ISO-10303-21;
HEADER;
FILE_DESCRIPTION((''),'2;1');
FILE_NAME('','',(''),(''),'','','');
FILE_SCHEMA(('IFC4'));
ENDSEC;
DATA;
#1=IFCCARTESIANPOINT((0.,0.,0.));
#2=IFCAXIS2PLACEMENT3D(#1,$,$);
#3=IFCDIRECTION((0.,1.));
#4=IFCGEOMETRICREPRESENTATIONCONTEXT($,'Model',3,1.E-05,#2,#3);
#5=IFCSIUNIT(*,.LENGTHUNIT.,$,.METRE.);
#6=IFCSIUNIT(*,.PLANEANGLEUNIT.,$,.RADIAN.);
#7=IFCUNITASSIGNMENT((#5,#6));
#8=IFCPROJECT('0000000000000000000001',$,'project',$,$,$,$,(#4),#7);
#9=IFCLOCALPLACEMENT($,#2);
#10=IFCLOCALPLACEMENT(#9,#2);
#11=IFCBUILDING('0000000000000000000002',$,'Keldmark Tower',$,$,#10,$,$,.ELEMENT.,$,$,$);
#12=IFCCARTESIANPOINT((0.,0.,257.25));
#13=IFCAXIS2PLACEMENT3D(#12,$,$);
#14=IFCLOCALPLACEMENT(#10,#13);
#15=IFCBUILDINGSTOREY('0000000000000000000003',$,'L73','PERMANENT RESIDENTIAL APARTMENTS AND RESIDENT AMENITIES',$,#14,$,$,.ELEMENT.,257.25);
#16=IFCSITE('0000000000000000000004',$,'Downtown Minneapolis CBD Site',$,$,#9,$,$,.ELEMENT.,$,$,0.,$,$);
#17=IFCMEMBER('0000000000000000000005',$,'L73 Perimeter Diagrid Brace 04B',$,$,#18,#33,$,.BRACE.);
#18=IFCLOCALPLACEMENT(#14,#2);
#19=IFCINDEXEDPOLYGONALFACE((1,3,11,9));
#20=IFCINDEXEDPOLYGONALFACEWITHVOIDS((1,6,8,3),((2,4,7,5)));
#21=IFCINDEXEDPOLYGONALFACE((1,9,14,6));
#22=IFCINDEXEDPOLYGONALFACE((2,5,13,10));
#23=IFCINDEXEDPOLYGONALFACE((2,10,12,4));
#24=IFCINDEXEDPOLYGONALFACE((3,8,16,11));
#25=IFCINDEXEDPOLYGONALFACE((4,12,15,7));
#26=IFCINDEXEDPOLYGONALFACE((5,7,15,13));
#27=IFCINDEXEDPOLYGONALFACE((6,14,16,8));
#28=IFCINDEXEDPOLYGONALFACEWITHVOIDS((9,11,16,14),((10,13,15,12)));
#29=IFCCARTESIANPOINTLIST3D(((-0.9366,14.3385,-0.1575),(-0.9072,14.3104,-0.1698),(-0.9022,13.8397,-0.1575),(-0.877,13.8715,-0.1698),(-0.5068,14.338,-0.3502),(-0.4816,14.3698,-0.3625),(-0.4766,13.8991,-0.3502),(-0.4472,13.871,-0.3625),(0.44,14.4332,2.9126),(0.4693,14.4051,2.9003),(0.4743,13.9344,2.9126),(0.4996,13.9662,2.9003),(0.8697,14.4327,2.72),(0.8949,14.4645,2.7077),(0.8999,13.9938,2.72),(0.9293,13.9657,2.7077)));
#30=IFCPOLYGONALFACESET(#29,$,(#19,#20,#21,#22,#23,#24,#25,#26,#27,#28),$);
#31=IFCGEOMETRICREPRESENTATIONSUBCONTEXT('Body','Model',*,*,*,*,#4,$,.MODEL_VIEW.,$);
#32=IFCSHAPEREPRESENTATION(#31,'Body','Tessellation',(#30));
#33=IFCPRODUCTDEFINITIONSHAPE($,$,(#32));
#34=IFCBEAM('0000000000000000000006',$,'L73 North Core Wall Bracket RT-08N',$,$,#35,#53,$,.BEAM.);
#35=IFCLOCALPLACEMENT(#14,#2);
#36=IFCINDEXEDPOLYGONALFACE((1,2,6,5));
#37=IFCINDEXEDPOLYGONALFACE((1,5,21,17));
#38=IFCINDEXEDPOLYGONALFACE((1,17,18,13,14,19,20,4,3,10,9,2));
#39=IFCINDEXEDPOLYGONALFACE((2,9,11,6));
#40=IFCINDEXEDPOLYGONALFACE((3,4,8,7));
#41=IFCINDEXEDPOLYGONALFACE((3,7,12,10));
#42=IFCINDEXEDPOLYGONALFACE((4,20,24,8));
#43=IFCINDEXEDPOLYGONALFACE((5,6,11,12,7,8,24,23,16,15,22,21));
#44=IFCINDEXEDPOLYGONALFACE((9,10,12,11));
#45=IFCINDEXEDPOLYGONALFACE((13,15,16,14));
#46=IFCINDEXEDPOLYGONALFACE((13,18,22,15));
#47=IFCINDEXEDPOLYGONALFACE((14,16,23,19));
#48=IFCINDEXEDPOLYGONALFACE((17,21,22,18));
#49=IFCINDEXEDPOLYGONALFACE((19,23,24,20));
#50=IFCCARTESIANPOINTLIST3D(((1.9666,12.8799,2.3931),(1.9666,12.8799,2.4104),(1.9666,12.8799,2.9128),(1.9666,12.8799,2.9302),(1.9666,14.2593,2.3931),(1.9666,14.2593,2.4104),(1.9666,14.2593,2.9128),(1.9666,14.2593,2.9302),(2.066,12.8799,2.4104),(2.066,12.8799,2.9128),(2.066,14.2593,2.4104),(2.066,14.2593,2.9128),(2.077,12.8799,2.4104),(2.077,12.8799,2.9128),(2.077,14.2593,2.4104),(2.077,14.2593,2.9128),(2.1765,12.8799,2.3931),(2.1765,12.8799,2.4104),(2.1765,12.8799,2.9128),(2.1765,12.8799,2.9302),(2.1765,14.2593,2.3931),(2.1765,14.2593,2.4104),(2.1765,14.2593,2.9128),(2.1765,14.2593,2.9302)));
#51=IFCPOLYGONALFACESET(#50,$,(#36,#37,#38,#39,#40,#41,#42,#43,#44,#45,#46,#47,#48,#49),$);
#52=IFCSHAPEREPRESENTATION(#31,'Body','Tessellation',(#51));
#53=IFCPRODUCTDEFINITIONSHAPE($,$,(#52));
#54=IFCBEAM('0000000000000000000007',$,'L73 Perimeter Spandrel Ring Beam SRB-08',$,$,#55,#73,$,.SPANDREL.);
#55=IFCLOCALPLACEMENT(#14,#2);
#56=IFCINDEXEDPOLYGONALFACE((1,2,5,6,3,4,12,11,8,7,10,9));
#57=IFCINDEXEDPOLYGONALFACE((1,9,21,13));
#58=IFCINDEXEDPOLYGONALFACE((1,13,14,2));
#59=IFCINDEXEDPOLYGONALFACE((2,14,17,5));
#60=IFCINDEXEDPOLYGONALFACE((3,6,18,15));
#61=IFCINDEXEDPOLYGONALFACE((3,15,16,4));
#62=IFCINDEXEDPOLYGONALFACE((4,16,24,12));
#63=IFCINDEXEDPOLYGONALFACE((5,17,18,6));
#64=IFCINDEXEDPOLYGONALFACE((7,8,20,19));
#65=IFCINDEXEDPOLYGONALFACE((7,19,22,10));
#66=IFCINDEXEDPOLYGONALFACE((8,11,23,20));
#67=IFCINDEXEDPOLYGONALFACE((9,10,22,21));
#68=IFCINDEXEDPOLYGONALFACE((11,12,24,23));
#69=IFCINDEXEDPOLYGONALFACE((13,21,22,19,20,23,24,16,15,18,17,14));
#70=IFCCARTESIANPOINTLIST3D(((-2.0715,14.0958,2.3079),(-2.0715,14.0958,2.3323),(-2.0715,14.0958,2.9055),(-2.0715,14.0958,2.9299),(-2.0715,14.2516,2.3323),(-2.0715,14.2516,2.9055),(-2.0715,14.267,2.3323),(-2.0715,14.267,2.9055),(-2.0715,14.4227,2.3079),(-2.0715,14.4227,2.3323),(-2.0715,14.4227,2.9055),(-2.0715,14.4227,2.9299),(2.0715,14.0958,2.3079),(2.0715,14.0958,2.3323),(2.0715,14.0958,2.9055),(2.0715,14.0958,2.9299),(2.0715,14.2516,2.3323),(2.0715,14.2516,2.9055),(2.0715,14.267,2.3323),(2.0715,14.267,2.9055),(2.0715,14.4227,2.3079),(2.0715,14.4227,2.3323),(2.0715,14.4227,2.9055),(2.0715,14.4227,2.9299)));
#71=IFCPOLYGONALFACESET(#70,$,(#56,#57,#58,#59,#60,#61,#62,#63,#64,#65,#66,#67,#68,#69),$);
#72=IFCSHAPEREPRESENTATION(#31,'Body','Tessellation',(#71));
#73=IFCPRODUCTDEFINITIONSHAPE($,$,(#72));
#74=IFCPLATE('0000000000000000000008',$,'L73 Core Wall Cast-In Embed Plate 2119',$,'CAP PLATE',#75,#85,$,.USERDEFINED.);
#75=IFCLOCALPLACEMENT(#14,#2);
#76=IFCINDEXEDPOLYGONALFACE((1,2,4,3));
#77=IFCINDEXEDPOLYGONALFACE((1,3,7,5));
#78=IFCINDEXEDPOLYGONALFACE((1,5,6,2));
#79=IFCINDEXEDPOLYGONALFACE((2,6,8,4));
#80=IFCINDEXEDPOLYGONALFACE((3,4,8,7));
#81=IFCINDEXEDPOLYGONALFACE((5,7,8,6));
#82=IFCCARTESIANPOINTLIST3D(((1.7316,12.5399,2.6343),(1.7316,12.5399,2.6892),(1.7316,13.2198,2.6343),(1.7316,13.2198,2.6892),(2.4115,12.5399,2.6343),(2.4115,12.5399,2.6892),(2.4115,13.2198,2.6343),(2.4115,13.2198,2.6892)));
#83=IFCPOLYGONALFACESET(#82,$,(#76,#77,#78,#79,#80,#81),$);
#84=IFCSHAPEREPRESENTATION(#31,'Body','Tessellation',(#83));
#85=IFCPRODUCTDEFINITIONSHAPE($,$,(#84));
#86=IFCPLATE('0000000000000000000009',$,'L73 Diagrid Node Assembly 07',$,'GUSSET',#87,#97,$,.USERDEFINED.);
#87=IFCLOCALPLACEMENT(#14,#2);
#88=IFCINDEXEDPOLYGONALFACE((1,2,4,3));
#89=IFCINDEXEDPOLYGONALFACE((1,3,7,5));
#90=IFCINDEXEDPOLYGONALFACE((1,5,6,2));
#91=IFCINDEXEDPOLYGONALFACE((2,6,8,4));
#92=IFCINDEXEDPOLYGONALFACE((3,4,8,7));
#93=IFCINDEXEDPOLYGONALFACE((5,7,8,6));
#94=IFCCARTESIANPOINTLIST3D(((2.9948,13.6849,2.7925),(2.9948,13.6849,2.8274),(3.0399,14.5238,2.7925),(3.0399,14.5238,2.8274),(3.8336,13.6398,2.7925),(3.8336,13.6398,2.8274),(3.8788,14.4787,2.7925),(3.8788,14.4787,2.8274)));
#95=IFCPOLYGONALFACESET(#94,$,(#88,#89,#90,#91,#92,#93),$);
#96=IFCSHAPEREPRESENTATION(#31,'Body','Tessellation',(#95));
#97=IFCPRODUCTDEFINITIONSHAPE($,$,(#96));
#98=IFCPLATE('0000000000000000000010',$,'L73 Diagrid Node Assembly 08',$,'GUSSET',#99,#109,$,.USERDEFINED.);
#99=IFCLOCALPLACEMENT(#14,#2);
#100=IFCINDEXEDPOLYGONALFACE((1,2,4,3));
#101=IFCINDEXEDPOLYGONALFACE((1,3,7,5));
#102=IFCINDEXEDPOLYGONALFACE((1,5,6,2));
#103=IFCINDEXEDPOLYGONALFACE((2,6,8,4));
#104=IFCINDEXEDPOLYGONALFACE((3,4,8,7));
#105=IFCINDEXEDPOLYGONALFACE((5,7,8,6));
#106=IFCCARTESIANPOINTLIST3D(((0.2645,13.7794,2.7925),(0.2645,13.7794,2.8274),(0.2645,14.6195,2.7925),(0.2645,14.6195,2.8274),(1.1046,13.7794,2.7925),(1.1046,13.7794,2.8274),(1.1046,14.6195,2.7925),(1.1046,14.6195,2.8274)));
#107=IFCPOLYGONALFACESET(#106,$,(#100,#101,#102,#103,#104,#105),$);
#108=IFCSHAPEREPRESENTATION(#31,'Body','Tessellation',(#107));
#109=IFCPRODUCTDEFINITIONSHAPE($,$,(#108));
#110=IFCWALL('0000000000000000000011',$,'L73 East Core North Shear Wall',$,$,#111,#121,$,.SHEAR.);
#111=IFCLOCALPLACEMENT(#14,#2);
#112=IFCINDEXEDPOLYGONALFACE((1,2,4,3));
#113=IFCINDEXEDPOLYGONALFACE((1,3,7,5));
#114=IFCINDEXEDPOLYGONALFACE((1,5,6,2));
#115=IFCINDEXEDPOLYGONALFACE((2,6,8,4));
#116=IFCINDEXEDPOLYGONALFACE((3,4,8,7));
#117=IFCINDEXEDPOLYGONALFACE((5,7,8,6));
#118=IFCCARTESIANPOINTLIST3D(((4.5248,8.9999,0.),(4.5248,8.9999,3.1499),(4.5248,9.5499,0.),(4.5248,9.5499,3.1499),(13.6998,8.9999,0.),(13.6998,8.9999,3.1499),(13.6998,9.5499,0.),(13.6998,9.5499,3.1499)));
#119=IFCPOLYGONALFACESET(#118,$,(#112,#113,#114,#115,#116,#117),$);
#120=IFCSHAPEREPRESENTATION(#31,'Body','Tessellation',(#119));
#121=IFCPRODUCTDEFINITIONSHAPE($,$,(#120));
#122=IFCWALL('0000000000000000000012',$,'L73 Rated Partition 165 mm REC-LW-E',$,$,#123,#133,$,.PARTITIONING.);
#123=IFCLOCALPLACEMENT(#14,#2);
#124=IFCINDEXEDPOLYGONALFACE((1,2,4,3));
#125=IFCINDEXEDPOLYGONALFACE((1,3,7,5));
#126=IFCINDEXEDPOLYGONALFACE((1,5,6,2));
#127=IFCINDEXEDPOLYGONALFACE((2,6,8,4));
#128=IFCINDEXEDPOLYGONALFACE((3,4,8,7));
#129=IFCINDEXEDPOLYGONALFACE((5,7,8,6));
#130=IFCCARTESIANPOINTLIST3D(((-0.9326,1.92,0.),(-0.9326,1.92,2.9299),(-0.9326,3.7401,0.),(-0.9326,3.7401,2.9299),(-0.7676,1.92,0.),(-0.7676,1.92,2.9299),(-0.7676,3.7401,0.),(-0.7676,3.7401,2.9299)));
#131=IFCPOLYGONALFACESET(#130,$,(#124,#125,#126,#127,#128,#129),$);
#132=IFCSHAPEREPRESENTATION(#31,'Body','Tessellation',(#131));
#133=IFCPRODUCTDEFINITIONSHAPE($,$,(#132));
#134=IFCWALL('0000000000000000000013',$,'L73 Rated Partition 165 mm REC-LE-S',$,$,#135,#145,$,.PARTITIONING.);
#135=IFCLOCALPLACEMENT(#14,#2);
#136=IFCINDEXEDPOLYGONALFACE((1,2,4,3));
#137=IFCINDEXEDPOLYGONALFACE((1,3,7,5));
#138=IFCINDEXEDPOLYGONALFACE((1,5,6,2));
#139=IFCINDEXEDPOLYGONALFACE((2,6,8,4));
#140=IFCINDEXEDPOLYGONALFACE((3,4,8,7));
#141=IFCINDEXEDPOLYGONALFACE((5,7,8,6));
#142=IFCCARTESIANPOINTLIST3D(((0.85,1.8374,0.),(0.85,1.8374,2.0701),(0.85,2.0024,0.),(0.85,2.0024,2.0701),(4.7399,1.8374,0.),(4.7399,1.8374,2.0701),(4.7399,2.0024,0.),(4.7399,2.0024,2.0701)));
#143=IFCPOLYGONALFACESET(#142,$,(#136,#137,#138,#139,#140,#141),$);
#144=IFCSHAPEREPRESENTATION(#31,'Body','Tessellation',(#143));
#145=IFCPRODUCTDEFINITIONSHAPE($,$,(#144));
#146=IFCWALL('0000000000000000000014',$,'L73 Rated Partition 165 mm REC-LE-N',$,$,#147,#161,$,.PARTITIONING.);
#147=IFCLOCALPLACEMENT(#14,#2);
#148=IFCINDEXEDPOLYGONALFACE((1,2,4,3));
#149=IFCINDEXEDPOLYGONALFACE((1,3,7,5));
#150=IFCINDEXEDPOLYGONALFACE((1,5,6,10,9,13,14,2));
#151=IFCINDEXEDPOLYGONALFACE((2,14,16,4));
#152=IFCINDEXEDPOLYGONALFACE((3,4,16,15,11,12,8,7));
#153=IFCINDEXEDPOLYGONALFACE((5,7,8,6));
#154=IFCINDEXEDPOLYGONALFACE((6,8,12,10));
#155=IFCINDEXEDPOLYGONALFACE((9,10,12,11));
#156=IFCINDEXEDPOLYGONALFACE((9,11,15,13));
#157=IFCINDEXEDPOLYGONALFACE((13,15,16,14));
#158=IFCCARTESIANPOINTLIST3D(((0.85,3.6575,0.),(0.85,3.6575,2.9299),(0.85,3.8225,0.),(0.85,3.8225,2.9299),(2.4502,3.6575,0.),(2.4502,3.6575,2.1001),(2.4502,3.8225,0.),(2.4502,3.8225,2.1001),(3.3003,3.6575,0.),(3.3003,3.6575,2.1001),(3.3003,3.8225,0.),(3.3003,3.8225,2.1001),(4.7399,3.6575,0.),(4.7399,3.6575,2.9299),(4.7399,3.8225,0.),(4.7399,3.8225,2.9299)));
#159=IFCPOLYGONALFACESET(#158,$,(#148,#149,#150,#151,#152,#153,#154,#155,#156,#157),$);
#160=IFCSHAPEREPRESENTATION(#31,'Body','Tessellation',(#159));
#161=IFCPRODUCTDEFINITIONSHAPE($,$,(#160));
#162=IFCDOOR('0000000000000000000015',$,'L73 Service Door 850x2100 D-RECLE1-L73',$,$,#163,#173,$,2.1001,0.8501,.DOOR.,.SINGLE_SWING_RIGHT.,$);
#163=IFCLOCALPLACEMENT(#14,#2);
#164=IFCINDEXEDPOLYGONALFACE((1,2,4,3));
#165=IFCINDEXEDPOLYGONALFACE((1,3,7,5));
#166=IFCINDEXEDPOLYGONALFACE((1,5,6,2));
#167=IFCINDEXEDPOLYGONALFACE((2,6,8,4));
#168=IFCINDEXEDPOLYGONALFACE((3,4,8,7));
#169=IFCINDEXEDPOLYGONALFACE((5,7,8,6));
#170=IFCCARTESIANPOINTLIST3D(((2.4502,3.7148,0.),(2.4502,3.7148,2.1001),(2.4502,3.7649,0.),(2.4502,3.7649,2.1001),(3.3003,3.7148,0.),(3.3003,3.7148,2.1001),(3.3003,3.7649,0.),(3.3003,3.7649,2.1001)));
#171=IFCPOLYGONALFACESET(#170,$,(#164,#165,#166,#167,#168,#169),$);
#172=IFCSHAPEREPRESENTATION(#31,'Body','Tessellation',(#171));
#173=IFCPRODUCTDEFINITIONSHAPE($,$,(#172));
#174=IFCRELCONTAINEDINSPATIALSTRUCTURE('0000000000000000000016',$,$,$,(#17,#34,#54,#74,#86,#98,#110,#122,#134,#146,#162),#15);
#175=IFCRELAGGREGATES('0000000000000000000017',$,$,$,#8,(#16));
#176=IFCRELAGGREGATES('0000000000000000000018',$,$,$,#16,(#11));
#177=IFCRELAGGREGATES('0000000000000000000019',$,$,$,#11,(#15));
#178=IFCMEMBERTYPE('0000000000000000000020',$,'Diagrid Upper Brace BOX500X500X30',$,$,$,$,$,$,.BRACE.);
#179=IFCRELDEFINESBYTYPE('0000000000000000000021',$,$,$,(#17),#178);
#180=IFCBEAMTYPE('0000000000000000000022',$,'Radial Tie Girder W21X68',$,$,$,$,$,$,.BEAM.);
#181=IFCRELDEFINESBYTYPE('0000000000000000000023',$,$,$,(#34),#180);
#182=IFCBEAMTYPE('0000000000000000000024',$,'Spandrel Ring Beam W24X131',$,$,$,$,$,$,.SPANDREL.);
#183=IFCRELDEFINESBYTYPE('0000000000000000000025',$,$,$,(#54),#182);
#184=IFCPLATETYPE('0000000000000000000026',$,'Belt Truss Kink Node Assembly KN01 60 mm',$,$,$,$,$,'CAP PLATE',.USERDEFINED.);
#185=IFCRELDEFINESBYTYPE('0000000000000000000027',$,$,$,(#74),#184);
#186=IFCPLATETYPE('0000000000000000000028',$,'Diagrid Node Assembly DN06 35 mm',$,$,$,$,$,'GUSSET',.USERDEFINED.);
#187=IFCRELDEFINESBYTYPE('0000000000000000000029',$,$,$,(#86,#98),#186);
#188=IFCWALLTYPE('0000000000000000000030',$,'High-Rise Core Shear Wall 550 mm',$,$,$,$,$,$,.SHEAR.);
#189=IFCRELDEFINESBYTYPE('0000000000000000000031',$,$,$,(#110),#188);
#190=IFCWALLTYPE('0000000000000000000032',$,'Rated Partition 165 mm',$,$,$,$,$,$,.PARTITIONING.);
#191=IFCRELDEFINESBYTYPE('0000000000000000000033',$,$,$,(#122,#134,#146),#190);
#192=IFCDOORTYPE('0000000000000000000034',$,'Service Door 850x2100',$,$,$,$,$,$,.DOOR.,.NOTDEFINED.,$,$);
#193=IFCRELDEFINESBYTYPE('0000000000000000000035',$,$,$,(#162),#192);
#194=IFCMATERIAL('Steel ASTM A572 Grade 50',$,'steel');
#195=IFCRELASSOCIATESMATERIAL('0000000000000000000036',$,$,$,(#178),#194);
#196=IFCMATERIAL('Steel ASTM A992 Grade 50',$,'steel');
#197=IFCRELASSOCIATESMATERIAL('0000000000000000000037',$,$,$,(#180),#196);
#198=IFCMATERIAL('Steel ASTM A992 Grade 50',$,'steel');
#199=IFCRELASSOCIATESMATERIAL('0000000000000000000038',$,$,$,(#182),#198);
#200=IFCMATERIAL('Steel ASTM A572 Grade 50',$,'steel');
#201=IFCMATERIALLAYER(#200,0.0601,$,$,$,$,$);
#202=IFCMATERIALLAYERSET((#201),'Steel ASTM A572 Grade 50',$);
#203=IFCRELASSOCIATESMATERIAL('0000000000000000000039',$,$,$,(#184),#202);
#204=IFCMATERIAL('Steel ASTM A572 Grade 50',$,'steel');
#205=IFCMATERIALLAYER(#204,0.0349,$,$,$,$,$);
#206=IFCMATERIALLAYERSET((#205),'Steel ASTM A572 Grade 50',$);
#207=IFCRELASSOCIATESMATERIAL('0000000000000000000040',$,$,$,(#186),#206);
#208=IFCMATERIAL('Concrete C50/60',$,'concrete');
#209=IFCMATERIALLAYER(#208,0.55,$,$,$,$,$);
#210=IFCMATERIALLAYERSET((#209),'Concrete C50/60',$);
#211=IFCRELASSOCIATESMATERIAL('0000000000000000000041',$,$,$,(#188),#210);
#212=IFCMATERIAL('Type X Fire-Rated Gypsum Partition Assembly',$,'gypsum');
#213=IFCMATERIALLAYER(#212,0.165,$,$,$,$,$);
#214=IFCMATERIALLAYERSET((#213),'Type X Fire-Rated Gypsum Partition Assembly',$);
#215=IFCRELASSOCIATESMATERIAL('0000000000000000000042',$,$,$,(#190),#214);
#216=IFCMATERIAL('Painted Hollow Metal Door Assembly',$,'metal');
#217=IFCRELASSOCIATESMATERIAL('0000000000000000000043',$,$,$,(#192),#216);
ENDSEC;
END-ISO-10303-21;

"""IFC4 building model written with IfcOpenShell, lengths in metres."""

from ifc_helpers import new_model, si_unit, direction, frame, frame_2d, origin, origin_2d, place, context, subcontext, project, spatial, rectangle, hollow_rectangle, i_section, extrude, material, layer, layer_set, material_profile, profile_set, type_object, element, fill, save


model = new_model("IFC4")

# Units and contexts
model_context = context("Model", 3, precision=1e-05, world=origin(), true_north=direction((0.0, 1.0)))
body_context = subcontext(model_context, "Body", "Model", "MODEL_VIEW")
ifc_project = project(units=[si_unit("LENGTHUNIT", "METRE"), si_unit("PLANEANGLEUNIT", "RADIAN")], contexts=[model_context])

# Site, building, storey
site_placement = place(None, origin())
site = spatial("IfcSite", under=ifc_project, at=site_placement, Name="Downtown Minneapolis CBD Site", CompositionType="ELEMENT", RefElevation=0.0)
building_placement = place(site_placement, origin())
building = spatial("IfcBuilding", under=site, at=building_placement, Name="Keldmark Tower", CompositionType="ELEMENT")
storey_placement = place(building_placement, frame((0.0, 0.0, 257.25)))
storey = spatial("IfcBuildingStorey", under=building, at=storey_placement, Name="L73", Description="PERMANENT RESIDENTIAL APARTMENTS AND RESIDENT AMENITIES", CompositionType="ELEMENT", Elevation=257.25)

# Member
ifc_material_1 = material(Name="Steel ASTM A572 Grade 50", Category="steel")
ifc_material_profile_1 = material_profile(ifc_material_1, hollow_rectangle(XDim=0.5, YDim=0.5, WallThickness=0.03, at=origin_2d()), Name="BOX500X500X30")
ifc_profile_set_1 = profile_set([ifc_material_profile_1], Name="Steel ASTM A572 Grade 50")
member_type = type_object("IfcMemberType", Name="Diagrid Upper Brace BOX500X500X30", PredefinedType="BRACE", material=ifc_profile_set_1)
member_placement = place(storey_placement, frame((-0.6919, 14.1047, -0.26), z_axis=(0.40895, 0.028143, 0.912123), x_axis=(-0.068656, 0.99764, 0.0)))
element("IfcMember", 1, at=member_placement, inside=storey, type_object=member_type, Name="L73 Perimeter Diagrid Brace 04B", PredefinedType="BRACE", context=body_context, shape_type="SweptSolid", body=[
    extrude(hollow_rectangle(XDim=0.5, YDim=0.5, WallThickness=0.03, at=origin_2d()), origin(), (0.0, 0.0, 1.0), 3.366),
])

# Beams
ifc_material_2 = material(Name="Steel ASTM A992 Grade 50", Category="steel")
ifc_material_profile_2 = material_profile(ifc_material_2, i_section(OverallWidth=0.21, OverallDepth=0.5371, WebThickness=0.011, FlangeThickness=0.0173, at=origin_2d()), Name="W21X68")
ifc_profile_set_2 = profile_set([ifc_material_profile_2], Name="Steel ASTM A992 Grade 50")
beam_type_1 = type_object("IfcBeamType", Name="Radial Tie Girder W21X68", PredefinedType="BEAM", material=ifc_profile_set_2)
beam_1_placement = place(storey_placement, frame((2.0715, 12.8799, 2.6616), z_axis=(0.0, 1.0, 0.0), x_axis=(-1.0, 0.0, 0.0)))
element("IfcBeam", 2, at=beam_1_placement, inside=storey, type_object=beam_type_1, Name="L73 North Core Wall Bracket RT-08N", PredefinedType="BEAM", context=body_context, shape_type="SweptSolid", body=[
    extrude(i_section(OverallWidth=0.21, OverallDepth=0.5371, WebThickness=0.011, FlangeThickness=0.0173, at=origin_2d()), origin(), (0.0, 0.0, 1.0), 1.3794),
])
ifc_material_3 = material(Name="Steel ASTM A992 Grade 50", Category="steel")
ifc_material_profile_3 = material_profile(ifc_material_3, i_section(OverallWidth=0.3269, OverallDepth=0.6221, WebThickness=0.0154, FlangeThickness=0.0244, at=origin_2d()), Name="W24X131")
ifc_profile_set_3 = profile_set([ifc_material_profile_3], Name="Steel ASTM A992 Grade 50")
beam_type_2 = type_object("IfcBeamType", Name="Spandrel Ring Beam W24X131", PredefinedType="SPANDREL", material=ifc_profile_set_3)
beam_2_placement = place(storey_placement, frame((2.0715, 14.2593, 2.6189), z_axis=(-1.0, 0.0, 0.0), x_axis=(0.0, -1.0, 0.0)))
element("IfcBeam", 3, at=beam_2_placement, inside=storey, type_object=beam_type_2, Name="L73 Perimeter Spandrel Ring Beam SRB-08", PredefinedType="SPANDREL", context=body_context, shape_type="SweptSolid", body=[
    extrude(i_section(OverallWidth=0.3269, OverallDepth=0.6221, WebThickness=0.0154, FlangeThickness=0.0244, at=origin_2d()), origin(), (0.0, 0.0, 1.0), 4.1431),
])

# Plates
ifc_material_4 = material(Name="Steel ASTM A572 Grade 50", Category="steel")
ifc_layer_1 = layer(ifc_material_4, 0.0601)
ifc_layer_set_1 = layer_set([ifc_layer_1], Name="Steel ASTM A572 Grade 50")
plate_type_1 = type_object("IfcPlateType", Name="Belt Truss Kink Node Assembly KN01 60 mm", ElementType="CAP PLATE", PredefinedType="USERDEFINED", material=ifc_layer_set_1)
plate_placement = place(storey_placement, frame((2.0715, 12.8799, 2.6343), z_axis=(0.0, 0.0, 1.0), x_axis=(1.0, 0.0, 0.0)))
element("IfcPlate", 4, at=plate_placement, inside=storey, type_object=plate_type_1, Name="L73 Core Wall Cast-In Embed Plate 2119", ObjectType="CAP PLATE", PredefinedType="USERDEFINED", context=body_context, shape_type="SweptSolid", body=[
    extrude(rectangle(XDim=0.6799, YDim=0.6799, at=origin_2d()), origin(), (0.0, 0.0, 1.0), 0.0549),
])
ifc_material_5 = material(Name="Steel ASTM A572 Grade 50", Category="steel")
ifc_layer_2 = layer(ifc_material_5, 0.0349)
ifc_layer_set_2 = layer_set([ifc_layer_2], Name="Steel ASTM A572 Grade 50")
plate_type_2 = type_object("IfcPlateType", Name="Diagrid Node Assembly DN06 35 mm", ElementType="GUSSET", PredefinedType="USERDEFINED", material=ifc_layer_set_2)
for number, where, z_axis, x_axis, name in (
    (5, (3.4368, 14.0818, 2.7925), (0.0, 0.0, 1.0), (-0.998555, 0.05373, 0.0), "L73 Diagrid Node Assembly 07"),
    (6, (0.6846, 14.1995, 2.7925), (0.0, 0.0, 1.0), (-1.0, 0.0, 0.0), "L73 Diagrid Node Assembly 08"),
):
    element("IfcPlate", number, at=place(storey_placement, frame(where, z_axis=z_axis, x_axis=x_axis)), inside=storey, type_object=plate_type_2, Name=name, ObjectType="GUSSET", PredefinedType="USERDEFINED", context=body_context, shape_type="SweptSolid", body=[
        extrude(rectangle(XDim=0.8401, YDim=0.8401, at=origin_2d()), origin(), (0.0, 0.0, 1.0), 0.0349),
    ])

# Walls
ifc_material_6 = material(Name="Concrete C50/60", Category="concrete")
ifc_layer_3 = layer(ifc_material_6, 0.55)
ifc_layer_set_3 = layer_set([ifc_layer_3], Name="Concrete C50/60")
wall_type_1 = type_object("IfcWallType", Name="High-Rise Core Shear Wall 550 mm", PredefinedType="SHEAR", material=ifc_layer_set_3)
wall_1_placement = place(storey_placement, frame((4.5249, 9.2749, 0.0), z_axis=(0.0, 0.0, 1.0), x_axis=(1.0, 0.0, 0.0)))
element("IfcWall", 7, at=wall_1_placement, inside=storey, type_object=wall_type_1, Name="L73 East Core North Shear Wall", PredefinedType="SHEAR", context=body_context, shape_type="SweptSolid", body=[
    extrude(rectangle(XDim=9.175, YDim=0.55, at=frame_2d((4.5874, 0.0))), origin(), (0.0, 0.0, 1.0), 3.1499),
])
ifc_material_7 = material(Name="Type X Fire-Rated Gypsum Partition Assembly", Category="gypsum")
ifc_layer_4 = layer(ifc_material_7, 0.165)
ifc_layer_set_4 = layer_set([ifc_layer_4], Name="Type X Fire-Rated Gypsum Partition Assembly")
wall_type_2 = type_object("IfcWallType", Name="Rated Partition 165 mm", PredefinedType="PARTITIONING", material=ifc_layer_set_4)
wall_2_placement = place(storey_placement, frame((-0.8501, 1.9199, 0.0), z_axis=(0.0, 0.0, 1.0), x_axis=(0.0, 1.0, 0.0)))
element("IfcWall", 8, at=wall_2_placement, inside=storey, type_object=wall_type_2, Name="L73 Rated Partition 165 mm REC-LW-E", PredefinedType="PARTITIONING", context=body_context, shape_type="SweptSolid", body=[
    extrude(rectangle(XDim=1.8201, YDim=0.165, at=frame_2d((0.9102, 0.0))), origin(), (0.0, 0.0, 1.0), 2.9299),
])
wall_3_placement = place(storey_placement, frame((0.8501, 1.9199, 0.0), z_axis=(0.0, 0.0, 1.0), x_axis=(1.0, 0.0, 0.0)))
element("IfcWall", 9, at=wall_3_placement, inside=storey, type_object=wall_type_2, Name="L73 Rated Partition 165 mm REC-LE-S", PredefinedType="PARTITIONING", context=body_context, shape_type="SweptSolid", body=[
    extrude(rectangle(XDim=3.8899, YDim=0.165, at=frame_2d((1.9448, 0.0))), origin(), (0.0, 0.0, 1.0), 2.0701),
])

# Wall, opening, door
wall_4_placement = place(storey_placement, frame((0.8501, 3.74, 0.0), z_axis=(0.0, 0.0, 1.0), x_axis=(1.0, 0.0, 0.0)))
wall_4 = element("IfcWall", 10, at=wall_4_placement, inside=storey, type_object=wall_type_2, Name="L73 Rated Partition 165 mm REC-LE-N", PredefinedType="PARTITIONING", context=body_context, shape_type="SweptSolid", body=[
    extrude(rectangle(XDim=3.8899, YDim=0.165, at=frame_2d((1.9448, 0.0))), origin(), (0.0, 0.0, 1.0), 2.9299),
])
opening_1_placement = place(wall_4_placement, frame((1.6001, 0.0, 0.0)))
opening_1 = element("IfcOpeningElement", 11, at=opening_1_placement, cuts=wall_4, PredefinedType="OPENING", context=body_context, shape_type="SweptSolid", body=[
    extrude(rectangle(XDim=0.8501, YDim=2.1001, at=frame_2d((0.425, 1.05))), frame((0.0, 0.0925, 0.0), z_axis=(0.0, -1.0, 0.0), x_axis=(1.0, 0.0, 0.0)), (0.0, 0.0, 1.0), 0.1851),
])
ifc_material_8 = material(Name="Painted Hollow Metal Door Assembly", Category="metal")
door_type = type_object("IfcDoorType", Name="Service Door 850x2100", OperationType="NOTDEFINED", PredefinedType="DOOR", material=ifc_material_8)
door_1_placement = place(opening_1_placement, origin())
door_1 = element("IfcDoor", 12, at=door_1_placement, inside=storey, type_object=door_type, Name="L73 Service Door 850x2100 D-RECLE1-L73", OperationType="SINGLE_SWING_RIGHT", OverallHeight=2.1001, OverallWidth=0.8501, PredefinedType="DOOR", context=body_context, shape_type="SweptSolid", body=[
    extrude(rectangle(XDim=0.8501, YDim=2.1001, at=frame_2d((0.425, 1.05))), frame((0.0, 0.0249, 0.0), z_axis=(0.0, -1.0, 0.0), x_axis=(1.0, 0.0, 0.0)), (0.0, 0.0, 1.0), 0.05),
])
fill(opening_1, door_1)

save(model, "model.ifc")
